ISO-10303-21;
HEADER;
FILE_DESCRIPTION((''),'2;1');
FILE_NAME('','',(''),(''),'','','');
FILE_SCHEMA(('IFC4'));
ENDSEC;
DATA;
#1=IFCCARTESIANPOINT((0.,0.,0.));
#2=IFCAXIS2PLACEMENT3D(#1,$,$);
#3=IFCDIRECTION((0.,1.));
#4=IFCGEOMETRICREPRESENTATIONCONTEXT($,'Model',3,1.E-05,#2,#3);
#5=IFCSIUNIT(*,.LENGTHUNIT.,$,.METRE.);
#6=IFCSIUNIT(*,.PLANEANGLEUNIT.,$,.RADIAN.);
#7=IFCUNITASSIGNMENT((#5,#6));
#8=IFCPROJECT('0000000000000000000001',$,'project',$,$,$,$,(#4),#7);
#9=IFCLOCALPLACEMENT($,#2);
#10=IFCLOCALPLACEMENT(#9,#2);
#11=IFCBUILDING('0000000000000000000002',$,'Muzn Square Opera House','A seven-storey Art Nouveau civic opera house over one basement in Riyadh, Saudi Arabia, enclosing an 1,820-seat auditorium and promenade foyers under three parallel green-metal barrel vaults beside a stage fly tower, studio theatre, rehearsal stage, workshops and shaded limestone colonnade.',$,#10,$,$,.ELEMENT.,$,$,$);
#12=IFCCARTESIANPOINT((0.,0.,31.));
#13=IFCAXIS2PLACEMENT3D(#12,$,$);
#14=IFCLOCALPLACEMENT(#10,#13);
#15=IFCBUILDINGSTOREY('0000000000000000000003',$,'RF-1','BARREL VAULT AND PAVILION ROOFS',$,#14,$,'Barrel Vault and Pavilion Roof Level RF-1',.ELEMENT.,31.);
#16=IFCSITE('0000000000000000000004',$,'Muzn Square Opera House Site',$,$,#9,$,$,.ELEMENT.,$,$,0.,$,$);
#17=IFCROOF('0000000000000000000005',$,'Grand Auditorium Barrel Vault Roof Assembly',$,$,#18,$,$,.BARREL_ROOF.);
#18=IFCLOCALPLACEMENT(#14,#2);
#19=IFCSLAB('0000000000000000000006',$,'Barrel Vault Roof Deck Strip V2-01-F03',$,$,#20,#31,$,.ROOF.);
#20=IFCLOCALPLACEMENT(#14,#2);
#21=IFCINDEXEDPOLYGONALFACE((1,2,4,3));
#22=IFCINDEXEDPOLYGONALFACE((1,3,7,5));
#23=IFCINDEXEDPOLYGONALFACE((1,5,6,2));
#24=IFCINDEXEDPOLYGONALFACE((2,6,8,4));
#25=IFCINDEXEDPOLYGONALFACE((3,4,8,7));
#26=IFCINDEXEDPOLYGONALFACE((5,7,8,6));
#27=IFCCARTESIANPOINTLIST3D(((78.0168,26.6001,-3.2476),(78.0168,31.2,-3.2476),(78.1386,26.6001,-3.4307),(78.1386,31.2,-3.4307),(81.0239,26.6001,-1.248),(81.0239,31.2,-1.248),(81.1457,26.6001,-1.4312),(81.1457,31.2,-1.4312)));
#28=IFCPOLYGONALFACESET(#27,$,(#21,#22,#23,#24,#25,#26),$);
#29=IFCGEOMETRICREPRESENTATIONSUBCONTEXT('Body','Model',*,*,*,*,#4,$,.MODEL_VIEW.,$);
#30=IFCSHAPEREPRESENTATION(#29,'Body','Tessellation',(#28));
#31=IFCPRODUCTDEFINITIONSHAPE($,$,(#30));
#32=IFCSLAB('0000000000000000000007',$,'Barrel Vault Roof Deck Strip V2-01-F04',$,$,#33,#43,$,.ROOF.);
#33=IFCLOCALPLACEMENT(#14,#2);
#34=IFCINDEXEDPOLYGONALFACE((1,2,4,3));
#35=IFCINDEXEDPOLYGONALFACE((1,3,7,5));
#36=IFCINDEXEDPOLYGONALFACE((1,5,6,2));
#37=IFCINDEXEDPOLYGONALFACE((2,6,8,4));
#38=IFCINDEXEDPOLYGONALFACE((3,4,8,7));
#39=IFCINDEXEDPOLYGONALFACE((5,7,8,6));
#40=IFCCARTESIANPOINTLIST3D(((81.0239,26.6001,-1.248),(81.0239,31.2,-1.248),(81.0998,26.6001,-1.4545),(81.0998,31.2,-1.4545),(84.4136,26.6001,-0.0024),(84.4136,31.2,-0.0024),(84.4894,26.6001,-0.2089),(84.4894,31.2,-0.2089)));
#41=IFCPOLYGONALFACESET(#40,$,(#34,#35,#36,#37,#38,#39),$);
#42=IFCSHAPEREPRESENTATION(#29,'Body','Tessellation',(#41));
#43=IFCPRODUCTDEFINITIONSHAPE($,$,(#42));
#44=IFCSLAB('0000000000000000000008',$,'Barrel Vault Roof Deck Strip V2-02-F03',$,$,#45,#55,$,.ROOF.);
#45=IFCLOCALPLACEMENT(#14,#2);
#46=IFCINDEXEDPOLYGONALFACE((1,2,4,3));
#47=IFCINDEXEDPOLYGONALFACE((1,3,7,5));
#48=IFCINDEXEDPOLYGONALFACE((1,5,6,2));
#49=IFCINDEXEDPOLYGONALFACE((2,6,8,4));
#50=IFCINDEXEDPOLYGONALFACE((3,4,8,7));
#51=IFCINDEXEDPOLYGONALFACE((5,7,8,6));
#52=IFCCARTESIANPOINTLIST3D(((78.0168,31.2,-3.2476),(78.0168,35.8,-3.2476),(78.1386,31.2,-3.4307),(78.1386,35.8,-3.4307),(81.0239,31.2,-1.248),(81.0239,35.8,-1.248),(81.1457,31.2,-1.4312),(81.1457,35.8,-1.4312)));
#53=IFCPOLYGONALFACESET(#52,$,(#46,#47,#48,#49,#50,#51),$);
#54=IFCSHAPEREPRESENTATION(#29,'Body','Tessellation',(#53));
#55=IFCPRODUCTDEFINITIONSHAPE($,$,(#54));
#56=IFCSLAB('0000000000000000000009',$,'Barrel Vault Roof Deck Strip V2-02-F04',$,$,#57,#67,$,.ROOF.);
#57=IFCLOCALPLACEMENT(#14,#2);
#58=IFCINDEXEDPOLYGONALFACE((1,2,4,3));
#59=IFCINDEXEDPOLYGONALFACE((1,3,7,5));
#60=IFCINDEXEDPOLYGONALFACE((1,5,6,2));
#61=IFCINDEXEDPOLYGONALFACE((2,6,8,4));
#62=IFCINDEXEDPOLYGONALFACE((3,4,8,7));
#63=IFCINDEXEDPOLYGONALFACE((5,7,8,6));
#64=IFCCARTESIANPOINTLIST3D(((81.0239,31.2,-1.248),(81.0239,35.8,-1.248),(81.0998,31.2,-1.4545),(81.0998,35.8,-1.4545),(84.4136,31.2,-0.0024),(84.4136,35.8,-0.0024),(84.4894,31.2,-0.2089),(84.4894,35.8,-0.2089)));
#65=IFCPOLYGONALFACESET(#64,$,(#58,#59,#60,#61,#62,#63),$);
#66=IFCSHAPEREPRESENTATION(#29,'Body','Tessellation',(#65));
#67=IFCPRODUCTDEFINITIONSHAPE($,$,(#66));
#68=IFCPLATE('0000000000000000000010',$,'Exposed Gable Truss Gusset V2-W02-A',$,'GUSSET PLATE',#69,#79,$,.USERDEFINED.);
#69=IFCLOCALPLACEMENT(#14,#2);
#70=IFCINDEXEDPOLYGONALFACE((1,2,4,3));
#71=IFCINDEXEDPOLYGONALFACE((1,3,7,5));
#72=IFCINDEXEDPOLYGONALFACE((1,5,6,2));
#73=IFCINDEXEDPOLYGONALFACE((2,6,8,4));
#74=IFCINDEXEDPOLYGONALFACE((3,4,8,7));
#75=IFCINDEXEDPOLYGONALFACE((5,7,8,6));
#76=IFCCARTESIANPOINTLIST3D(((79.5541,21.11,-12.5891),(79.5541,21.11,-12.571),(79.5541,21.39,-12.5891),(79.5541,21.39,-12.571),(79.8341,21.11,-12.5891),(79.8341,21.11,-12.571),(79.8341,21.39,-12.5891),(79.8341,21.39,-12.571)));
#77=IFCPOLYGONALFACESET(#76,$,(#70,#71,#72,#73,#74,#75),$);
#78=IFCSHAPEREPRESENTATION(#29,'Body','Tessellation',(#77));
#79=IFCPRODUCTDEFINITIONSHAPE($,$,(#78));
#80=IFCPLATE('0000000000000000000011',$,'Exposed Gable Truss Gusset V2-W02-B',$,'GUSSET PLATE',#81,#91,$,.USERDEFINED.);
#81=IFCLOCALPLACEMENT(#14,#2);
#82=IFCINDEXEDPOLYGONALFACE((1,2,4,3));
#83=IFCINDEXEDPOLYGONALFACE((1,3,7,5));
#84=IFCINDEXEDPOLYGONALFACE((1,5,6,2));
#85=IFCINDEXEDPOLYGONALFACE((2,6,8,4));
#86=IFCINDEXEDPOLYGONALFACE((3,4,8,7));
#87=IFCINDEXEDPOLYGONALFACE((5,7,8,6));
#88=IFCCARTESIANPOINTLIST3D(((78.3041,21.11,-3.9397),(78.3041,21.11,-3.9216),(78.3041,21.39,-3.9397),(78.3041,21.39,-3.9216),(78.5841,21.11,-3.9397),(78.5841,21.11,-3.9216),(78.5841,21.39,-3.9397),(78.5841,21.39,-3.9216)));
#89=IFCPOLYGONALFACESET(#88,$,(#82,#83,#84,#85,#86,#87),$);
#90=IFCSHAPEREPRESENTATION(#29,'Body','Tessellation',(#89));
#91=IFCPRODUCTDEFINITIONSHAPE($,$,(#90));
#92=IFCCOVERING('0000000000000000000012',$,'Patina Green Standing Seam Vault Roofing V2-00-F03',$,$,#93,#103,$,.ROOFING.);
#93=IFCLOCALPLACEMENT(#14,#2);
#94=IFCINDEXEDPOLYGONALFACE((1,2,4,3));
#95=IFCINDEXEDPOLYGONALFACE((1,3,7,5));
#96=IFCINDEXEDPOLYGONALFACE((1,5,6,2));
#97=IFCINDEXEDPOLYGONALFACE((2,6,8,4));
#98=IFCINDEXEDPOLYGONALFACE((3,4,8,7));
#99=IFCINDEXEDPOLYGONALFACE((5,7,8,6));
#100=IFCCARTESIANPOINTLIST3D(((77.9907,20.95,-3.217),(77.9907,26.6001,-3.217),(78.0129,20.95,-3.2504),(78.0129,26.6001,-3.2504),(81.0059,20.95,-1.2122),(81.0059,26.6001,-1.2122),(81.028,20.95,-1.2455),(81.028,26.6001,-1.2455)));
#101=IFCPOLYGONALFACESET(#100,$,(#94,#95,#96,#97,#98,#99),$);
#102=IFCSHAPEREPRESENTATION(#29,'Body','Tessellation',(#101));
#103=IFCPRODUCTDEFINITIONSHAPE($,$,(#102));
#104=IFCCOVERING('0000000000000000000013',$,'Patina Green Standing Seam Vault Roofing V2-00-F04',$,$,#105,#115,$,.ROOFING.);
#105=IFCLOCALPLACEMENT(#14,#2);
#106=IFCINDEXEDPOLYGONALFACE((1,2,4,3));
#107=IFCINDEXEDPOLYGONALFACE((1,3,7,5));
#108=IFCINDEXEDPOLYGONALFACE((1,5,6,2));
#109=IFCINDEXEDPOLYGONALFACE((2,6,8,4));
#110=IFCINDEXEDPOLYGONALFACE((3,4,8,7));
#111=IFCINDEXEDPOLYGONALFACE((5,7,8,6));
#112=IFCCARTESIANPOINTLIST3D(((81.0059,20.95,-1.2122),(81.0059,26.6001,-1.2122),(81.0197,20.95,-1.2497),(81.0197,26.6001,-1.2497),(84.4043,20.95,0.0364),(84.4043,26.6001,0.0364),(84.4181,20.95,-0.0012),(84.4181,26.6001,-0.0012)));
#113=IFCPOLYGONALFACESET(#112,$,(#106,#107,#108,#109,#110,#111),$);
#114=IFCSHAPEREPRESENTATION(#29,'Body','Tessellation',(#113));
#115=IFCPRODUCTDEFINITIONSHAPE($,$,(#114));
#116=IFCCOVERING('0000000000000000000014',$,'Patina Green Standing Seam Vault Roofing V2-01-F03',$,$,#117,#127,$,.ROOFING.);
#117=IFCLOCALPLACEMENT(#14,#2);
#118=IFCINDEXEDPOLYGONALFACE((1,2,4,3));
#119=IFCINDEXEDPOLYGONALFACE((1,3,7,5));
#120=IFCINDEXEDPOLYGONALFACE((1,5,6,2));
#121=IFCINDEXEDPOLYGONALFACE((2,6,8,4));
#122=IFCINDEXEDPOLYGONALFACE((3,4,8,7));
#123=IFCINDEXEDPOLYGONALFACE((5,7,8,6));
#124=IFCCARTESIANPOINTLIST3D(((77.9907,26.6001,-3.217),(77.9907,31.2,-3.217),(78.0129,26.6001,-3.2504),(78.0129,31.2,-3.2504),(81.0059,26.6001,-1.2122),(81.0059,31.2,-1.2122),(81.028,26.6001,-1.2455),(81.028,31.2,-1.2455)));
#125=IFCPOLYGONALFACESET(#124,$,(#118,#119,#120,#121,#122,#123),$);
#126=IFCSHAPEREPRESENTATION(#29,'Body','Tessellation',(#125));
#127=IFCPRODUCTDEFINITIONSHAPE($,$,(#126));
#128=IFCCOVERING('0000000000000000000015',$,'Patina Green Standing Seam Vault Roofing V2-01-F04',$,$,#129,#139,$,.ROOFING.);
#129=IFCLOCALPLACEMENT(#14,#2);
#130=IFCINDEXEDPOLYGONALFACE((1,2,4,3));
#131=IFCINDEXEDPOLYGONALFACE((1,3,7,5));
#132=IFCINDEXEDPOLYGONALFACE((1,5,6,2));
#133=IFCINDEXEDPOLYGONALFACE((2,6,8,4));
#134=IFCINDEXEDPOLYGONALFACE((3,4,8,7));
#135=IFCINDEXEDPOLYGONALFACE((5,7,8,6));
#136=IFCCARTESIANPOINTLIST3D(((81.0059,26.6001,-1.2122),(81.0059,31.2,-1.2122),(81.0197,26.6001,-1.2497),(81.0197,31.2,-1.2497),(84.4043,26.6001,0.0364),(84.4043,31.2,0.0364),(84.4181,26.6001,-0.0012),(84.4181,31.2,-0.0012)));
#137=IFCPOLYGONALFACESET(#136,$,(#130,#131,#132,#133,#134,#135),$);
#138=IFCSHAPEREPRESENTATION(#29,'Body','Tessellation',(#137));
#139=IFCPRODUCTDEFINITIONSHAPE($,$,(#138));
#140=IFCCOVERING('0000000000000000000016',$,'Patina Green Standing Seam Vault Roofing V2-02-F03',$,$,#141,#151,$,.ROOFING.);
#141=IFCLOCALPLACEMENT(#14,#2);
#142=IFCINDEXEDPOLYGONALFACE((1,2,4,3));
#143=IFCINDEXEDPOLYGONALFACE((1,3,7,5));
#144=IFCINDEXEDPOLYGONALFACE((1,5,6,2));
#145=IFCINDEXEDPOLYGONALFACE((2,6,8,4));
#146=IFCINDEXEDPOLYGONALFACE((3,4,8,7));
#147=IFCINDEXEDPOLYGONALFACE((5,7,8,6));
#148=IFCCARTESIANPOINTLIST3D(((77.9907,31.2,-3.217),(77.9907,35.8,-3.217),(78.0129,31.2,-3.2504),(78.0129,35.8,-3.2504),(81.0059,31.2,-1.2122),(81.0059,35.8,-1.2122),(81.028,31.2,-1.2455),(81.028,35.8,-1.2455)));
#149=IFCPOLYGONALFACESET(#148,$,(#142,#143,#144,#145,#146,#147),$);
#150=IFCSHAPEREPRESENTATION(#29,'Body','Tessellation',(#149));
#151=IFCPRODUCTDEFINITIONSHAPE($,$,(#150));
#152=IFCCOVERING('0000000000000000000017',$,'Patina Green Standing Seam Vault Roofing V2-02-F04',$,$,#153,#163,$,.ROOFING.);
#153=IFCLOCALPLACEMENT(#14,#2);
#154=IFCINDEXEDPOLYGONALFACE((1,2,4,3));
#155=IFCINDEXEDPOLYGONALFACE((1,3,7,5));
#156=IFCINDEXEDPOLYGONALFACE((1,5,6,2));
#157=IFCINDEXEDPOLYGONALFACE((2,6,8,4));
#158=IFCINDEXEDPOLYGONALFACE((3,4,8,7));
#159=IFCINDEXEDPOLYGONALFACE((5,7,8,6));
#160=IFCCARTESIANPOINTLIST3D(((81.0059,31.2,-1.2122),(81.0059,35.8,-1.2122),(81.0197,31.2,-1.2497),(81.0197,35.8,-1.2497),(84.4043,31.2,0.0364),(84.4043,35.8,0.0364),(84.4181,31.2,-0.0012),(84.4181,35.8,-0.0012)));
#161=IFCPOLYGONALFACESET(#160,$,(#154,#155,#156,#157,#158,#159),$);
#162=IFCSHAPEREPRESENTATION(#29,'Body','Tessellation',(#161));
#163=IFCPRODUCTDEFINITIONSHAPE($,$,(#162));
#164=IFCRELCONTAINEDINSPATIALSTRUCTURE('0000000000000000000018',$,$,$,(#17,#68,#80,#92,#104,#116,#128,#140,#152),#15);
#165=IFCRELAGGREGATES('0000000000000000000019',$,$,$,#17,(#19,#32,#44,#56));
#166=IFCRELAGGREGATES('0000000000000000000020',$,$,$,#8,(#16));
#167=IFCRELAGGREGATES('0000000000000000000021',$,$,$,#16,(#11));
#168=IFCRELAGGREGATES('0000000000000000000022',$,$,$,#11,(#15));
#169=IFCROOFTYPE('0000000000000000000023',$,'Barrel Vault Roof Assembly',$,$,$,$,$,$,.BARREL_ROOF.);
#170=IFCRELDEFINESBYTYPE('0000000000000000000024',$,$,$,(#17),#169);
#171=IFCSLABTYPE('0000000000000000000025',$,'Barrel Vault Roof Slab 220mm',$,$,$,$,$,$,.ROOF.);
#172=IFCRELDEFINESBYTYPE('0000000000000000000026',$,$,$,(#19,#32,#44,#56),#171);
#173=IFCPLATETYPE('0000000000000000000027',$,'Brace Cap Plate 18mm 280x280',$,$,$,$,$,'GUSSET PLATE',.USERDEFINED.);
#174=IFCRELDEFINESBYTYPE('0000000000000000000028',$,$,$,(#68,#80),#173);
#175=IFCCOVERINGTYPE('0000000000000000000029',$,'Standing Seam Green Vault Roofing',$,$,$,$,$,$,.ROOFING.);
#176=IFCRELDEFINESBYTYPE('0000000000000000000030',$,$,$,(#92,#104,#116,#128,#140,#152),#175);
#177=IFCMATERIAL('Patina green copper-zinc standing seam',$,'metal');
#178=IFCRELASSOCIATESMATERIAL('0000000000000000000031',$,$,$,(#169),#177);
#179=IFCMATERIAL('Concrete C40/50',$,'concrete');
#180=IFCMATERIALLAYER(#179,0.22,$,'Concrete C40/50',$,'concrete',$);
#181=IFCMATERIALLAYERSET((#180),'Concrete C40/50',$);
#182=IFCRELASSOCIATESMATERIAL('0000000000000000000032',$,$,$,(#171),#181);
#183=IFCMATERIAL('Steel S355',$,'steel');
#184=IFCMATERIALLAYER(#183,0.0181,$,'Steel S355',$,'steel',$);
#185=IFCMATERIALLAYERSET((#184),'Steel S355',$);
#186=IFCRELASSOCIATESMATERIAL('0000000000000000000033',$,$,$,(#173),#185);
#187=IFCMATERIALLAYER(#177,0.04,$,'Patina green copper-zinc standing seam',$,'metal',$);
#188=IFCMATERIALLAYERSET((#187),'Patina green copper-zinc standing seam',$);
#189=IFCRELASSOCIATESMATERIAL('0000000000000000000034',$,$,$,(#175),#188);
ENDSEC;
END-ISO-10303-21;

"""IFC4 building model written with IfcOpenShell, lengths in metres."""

from ifc_helpers import new_model, si_unit, direction, frame, origin, origin_2d, place, context, subcontext, project, spatial, polyline, rectangle, outline, extrude, material, layer, layer_set, type_object, element, aggregate, save


model = new_model("IFC4")

# Units and contexts
model_context = context("Model", 3, precision=1e-05, world=origin(), true_north=direction((0.0, 1.0)))
body_context = subcontext(model_context, "Body", "Model", "MODEL_VIEW")
ifc_project = project(units=[si_unit("LENGTHUNIT", "METRE"), si_unit("PLANEANGLEUNIT", "RADIAN")], contexts=[model_context])

# Site, building, storey
site_placement = place(None, origin())
site = spatial("IfcSite", under=ifc_project, at=site_placement, Name="Muzn Square Opera House Site", CompositionType="ELEMENT", RefElevation=0.0)
building_placement = place(site_placement, origin())
building = spatial("IfcBuilding", under=site, at=building_placement, Name="Muzn Square Opera House", Description="A seven-storey Art Nouveau civic opera house over one basement in Riyadh, Saudi Arabia, enclosing an 1,820-seat auditorium and promenade foyers under three parallel green-metal barrel vaults beside a stage fly tower, studio theatre, rehearsal stage, workshops and shaded limestone colonnade.", CompositionType="ELEMENT")
storey_placement = place(building_placement, frame((0.0, 0.0, 31.0)))
storey = spatial("IfcBuildingStorey", under=building, at=storey_placement, Name="RF-1", Description="BARREL VAULT AND PAVILION ROOFS", LongName="Barrel Vault and Pavilion Roof Level RF-1", CompositionType="ELEMENT", Elevation=31.0)

# Shared definitions
ifc_material_1 = material(Name="Steel S355", Category="steel")

# Roof, slabs
ifc_material_2 = material(Name="Patina green copper-zinc standing seam", Category="metal")
roof_type = type_object("IfcRoofType", Name="Barrel Vault Roof Assembly", PredefinedType="BARREL_ROOF", material=ifc_material_2)
roof_placement = place(storey_placement, origin())
roof = element("IfcRoof", 1, at=roof_placement, inside=storey, type_object=roof_type, Name="Grand Auditorium Barrel Vault Roof Assembly", PredefinedType="BARREL_ROOF")
ifc_material_3 = material(Name="Concrete C40/50", Category="concrete")
ifc_layer_1 = layer(ifc_material_3, 0.22, Name="Concrete C40/50", Category="concrete")
ifc_layer_set_1 = layer_set([ifc_layer_1], Name="Concrete C40/50")
slab_type = type_object("IfcSlabType", Name="Barrel Vault Roof Slab 220mm", PredefinedType="ROOF", material=ifc_layer_set_1)
slab_1_placement = place(storey_placement, frame((81.0239, 26.6001, -1.248), z_axis=(-0.553701, 0.0, 0.832715), x_axis=(0.0, 1.0, 0.0)))
slab_1 = element("IfcSlab", 2, at=slab_1_placement, type_object=slab_type, Name="Barrel Vault Roof Deck Strip V2-01-F03", PredefinedType="ROOF", context=body_context, shape_type="SweptSolid", body=[
    extrude(outline(polyline([(0.0, 3.6112), (0.0, 0.0), (4.5999, 0.0), (4.5999, 3.6112), (0.0, 3.6112)])), origin(), (0.0, 0.0, -1.0), 0.22),
])
slab_2_placement = place(storey_placement, frame((84.4136, 26.6001, -0.0024), z_axis=(-0.344922, 0.0, 0.938631), x_axis=(0.0, 1.0, 0.0)))
slab_2 = element("IfcSlab", 3, at=slab_2_placement, type_object=slab_type, Name="Barrel Vault Roof Deck Strip V2-01-F04", PredefinedType="ROOF", context=body_context, shape_type="SweptSolid", body=[
    extrude(outline(polyline([(0.0, 3.6113), (0.0, 0.0), (4.5999, 0.0), (4.5999, 3.6113), (0.0, 3.6113)])), origin(), (0.0, 0.0, -1.0), 0.22),
])
slab_3_placement = place(storey_placement, frame((81.0239, 31.2, -1.248), z_axis=(-0.553701, 0.0, 0.832715), x_axis=(0.0, 1.0, 0.0)))
slab_3 = element("IfcSlab", 4, at=slab_3_placement, type_object=slab_type, Name="Barrel Vault Roof Deck Strip V2-02-F03", PredefinedType="ROOF", context=body_context, shape_type="SweptSolid", body=[
    extrude(outline(polyline([(0.0, 3.6112), (0.0, 0.0), (4.6001, 0.0), (4.6001, 3.6112), (0.0, 3.6112)])), origin(), (0.0, 0.0, -1.0), 0.22),
])
slab_4_placement = place(storey_placement, frame((84.4136, 31.2, -0.0024), z_axis=(-0.344922, 0.0, 0.938631), x_axis=(0.0, 1.0, 0.0)))
slab_4 = element("IfcSlab", 5, at=slab_4_placement, type_object=slab_type, Name="Barrel Vault Roof Deck Strip V2-02-F04", PredefinedType="ROOF", context=body_context, shape_type="SweptSolid", body=[
    extrude(outline(polyline([(0.0, 3.6113), (0.0, 0.0), (4.6001, 0.0), (4.6001, 3.6113), (0.0, 3.6113)])), origin(), (0.0, 0.0, -1.0), 0.22),
])
aggregate(roof, [slab_1, slab_2, slab_3, slab_4])

# Plates
ifc_layer_2 = layer(ifc_material_1, 0.0181, Name="Steel S355", Category="steel")
ifc_layer_set_2 = layer_set([ifc_layer_2], Name="Steel S355")
plate_type = type_object("IfcPlateType", Name="Brace Cap Plate 18mm 280x280", ElementType="GUSSET PLATE", PredefinedType="USERDEFINED", material=ifc_layer_set_2)
for number, where, z_axis, x_axis, name in (
    (6, (79.6941, 21.25, -12.5891), (0.0, 0.0, 1.0), (1.0, 0.0, 0.0), "Exposed Gable Truss Gusset V2-W02-A"),
    (7, (78.4441, 21.25, -3.9397), (0.0, 0.0, 1.0), (1.0, 0.0, 0.0), "Exposed Gable Truss Gusset V2-W02-B"),
):
    element("IfcPlate", number, at=place(storey_placement, frame(where, z_axis=z_axis, x_axis=x_axis)), inside=storey, type_object=plate_type, Name=name, ObjectType="GUSSET PLATE", PredefinedType="USERDEFINED", context=body_context, shape_type="SweptSolid", body=[
        extrude(rectangle(XDim=0.28, YDim=0.28, at=origin_2d()), origin(), (0.0, 0.0, 1.0), 0.0181),
    ])

# Coverings
ifc_layer_3 = layer(ifc_material_2, 0.04, Name="Patina green copper-zinc standing seam", Category="metal")
ifc_layer_set_3 = layer_set([ifc_layer_3], Name="Patina green copper-zinc standing seam")
covering_type = type_object("IfcCoveringType", Name="Standing Seam Green Vault Roofing", PredefinedType="ROOFING", material=ifc_layer_set_3)
covering_1_placement = place(storey_placement, frame((81.0059, 20.95, -1.2122), z_axis=(-0.553704, 0.0, 0.832714), x_axis=(0.0, 1.0, 0.0)))
element("IfcCovering", 8, at=covering_1_placement, inside=storey, type_object=covering_type, Name="Patina Green Standing Seam Vault Roofing V2-00-F03", PredefinedType="ROOFING", context=body_context, shape_type="SweptSolid", body=[
    extrude(outline(polyline([(0.0, 3.6209), (0.0, 0.0), (5.6501, 0.0), (5.6501, 3.6209), (0.0, 3.6209)])), origin(), (0.0, 0.0, -1.0), 0.04),
])
covering_2_placement = place(storey_placement, frame((84.4043, 20.95, 0.0364), z_axis=(-0.344849, 0.0, 0.938658), x_axis=(0.0, 1.0, 0.0)))
element("IfcCovering", 9, at=covering_2_placement, inside=storey, type_object=covering_type, Name="Patina Green Standing Seam Vault Roofing V2-00-F04", PredefinedType="ROOFING", context=body_context, shape_type="SweptSolid", body=[
    extrude(outline(polyline([(0.0, 3.6205), (0.0, 0.0), (5.6501, 0.0), (5.6501, 3.6205), (0.0, 3.6205)])), origin(), (0.0, 0.0, -1.0), 0.04),
])
covering_3_placement = place(storey_placement, frame((81.0059, 26.6001, -1.2122), z_axis=(-0.553704, 0.0, 0.832714), x_axis=(0.0, 1.0, 0.0)))
element("IfcCovering", 10, at=covering_3_placement, inside=storey, type_object=covering_type, Name="Patina Green Standing Seam Vault Roofing V2-01-F03", PredefinedType="ROOFING", context=body_context, shape_type="SweptSolid", body=[
    extrude(outline(polyline([(0.0, 3.6209), (0.0, 0.0), (4.5999, 0.0), (4.5999, 3.6209), (0.0, 3.6209)])), origin(), (0.0, 0.0, -1.0), 0.04),
])
covering_4_placement = place(storey_placement, frame((84.4043, 26.6001, 0.0364), z_axis=(-0.344849, 0.0, 0.938658), x_axis=(0.0, 1.0, 0.0)))
element("IfcCovering", 11, at=covering_4_placement, inside=storey, type_object=covering_type, Name="Patina Green Standing Seam Vault Roofing V2-01-F04", PredefinedType="ROOFING", context=body_context, shape_type="SweptSolid", body=[
    extrude(outline(polyline([(0.0, 3.6205), (0.0, 0.0), (4.5999, 0.0), (4.5999, 3.6205), (0.0, 3.6205)])), origin(), (0.0, 0.0, -1.0), 0.04),
])
covering_5_placement = place(storey_placement, frame((81.0059, 31.2, -1.2122), z_axis=(-0.553704, 0.0, 0.832714), x_axis=(0.0, 1.0, 0.0)))
element("IfcCovering", 12, at=covering_5_placement, inside=storey, type_object=covering_type, Name="Patina Green Standing Seam Vault Roofing V2-02-F03", PredefinedType="ROOFING", context=body_context, shape_type="SweptSolid", body=[
    extrude(outline(polyline([(0.0, 3.6209), (0.0, 0.0), (4.6001, 0.0), (4.6001, 3.6209), (0.0, 3.6209)])), origin(), (0.0, 0.0, -1.0), 0.04),
])
covering_6_placement = place(storey_placement, frame((84.4043, 31.2, 0.0364), z_axis=(-0.344849, 0.0, 0.938658), x_axis=(0.0, 1.0, 0.0)))
element("IfcCovering", 13, at=covering_6_placement, inside=storey, type_object=covering_type, Name="Patina Green Standing Seam Vault Roofing V2-02-F04", PredefinedType="ROOFING", context=body_context, shape_type="SweptSolid", body=[
    extrude(outline(polyline([(0.0, 3.6205), (0.0, 0.0), (4.6001, 0.0), (4.6001, 3.6205), (0.0, 3.6205)])), origin(), (0.0, 0.0, -1.0), 0.04),
])

save(model, "model.ifc")
